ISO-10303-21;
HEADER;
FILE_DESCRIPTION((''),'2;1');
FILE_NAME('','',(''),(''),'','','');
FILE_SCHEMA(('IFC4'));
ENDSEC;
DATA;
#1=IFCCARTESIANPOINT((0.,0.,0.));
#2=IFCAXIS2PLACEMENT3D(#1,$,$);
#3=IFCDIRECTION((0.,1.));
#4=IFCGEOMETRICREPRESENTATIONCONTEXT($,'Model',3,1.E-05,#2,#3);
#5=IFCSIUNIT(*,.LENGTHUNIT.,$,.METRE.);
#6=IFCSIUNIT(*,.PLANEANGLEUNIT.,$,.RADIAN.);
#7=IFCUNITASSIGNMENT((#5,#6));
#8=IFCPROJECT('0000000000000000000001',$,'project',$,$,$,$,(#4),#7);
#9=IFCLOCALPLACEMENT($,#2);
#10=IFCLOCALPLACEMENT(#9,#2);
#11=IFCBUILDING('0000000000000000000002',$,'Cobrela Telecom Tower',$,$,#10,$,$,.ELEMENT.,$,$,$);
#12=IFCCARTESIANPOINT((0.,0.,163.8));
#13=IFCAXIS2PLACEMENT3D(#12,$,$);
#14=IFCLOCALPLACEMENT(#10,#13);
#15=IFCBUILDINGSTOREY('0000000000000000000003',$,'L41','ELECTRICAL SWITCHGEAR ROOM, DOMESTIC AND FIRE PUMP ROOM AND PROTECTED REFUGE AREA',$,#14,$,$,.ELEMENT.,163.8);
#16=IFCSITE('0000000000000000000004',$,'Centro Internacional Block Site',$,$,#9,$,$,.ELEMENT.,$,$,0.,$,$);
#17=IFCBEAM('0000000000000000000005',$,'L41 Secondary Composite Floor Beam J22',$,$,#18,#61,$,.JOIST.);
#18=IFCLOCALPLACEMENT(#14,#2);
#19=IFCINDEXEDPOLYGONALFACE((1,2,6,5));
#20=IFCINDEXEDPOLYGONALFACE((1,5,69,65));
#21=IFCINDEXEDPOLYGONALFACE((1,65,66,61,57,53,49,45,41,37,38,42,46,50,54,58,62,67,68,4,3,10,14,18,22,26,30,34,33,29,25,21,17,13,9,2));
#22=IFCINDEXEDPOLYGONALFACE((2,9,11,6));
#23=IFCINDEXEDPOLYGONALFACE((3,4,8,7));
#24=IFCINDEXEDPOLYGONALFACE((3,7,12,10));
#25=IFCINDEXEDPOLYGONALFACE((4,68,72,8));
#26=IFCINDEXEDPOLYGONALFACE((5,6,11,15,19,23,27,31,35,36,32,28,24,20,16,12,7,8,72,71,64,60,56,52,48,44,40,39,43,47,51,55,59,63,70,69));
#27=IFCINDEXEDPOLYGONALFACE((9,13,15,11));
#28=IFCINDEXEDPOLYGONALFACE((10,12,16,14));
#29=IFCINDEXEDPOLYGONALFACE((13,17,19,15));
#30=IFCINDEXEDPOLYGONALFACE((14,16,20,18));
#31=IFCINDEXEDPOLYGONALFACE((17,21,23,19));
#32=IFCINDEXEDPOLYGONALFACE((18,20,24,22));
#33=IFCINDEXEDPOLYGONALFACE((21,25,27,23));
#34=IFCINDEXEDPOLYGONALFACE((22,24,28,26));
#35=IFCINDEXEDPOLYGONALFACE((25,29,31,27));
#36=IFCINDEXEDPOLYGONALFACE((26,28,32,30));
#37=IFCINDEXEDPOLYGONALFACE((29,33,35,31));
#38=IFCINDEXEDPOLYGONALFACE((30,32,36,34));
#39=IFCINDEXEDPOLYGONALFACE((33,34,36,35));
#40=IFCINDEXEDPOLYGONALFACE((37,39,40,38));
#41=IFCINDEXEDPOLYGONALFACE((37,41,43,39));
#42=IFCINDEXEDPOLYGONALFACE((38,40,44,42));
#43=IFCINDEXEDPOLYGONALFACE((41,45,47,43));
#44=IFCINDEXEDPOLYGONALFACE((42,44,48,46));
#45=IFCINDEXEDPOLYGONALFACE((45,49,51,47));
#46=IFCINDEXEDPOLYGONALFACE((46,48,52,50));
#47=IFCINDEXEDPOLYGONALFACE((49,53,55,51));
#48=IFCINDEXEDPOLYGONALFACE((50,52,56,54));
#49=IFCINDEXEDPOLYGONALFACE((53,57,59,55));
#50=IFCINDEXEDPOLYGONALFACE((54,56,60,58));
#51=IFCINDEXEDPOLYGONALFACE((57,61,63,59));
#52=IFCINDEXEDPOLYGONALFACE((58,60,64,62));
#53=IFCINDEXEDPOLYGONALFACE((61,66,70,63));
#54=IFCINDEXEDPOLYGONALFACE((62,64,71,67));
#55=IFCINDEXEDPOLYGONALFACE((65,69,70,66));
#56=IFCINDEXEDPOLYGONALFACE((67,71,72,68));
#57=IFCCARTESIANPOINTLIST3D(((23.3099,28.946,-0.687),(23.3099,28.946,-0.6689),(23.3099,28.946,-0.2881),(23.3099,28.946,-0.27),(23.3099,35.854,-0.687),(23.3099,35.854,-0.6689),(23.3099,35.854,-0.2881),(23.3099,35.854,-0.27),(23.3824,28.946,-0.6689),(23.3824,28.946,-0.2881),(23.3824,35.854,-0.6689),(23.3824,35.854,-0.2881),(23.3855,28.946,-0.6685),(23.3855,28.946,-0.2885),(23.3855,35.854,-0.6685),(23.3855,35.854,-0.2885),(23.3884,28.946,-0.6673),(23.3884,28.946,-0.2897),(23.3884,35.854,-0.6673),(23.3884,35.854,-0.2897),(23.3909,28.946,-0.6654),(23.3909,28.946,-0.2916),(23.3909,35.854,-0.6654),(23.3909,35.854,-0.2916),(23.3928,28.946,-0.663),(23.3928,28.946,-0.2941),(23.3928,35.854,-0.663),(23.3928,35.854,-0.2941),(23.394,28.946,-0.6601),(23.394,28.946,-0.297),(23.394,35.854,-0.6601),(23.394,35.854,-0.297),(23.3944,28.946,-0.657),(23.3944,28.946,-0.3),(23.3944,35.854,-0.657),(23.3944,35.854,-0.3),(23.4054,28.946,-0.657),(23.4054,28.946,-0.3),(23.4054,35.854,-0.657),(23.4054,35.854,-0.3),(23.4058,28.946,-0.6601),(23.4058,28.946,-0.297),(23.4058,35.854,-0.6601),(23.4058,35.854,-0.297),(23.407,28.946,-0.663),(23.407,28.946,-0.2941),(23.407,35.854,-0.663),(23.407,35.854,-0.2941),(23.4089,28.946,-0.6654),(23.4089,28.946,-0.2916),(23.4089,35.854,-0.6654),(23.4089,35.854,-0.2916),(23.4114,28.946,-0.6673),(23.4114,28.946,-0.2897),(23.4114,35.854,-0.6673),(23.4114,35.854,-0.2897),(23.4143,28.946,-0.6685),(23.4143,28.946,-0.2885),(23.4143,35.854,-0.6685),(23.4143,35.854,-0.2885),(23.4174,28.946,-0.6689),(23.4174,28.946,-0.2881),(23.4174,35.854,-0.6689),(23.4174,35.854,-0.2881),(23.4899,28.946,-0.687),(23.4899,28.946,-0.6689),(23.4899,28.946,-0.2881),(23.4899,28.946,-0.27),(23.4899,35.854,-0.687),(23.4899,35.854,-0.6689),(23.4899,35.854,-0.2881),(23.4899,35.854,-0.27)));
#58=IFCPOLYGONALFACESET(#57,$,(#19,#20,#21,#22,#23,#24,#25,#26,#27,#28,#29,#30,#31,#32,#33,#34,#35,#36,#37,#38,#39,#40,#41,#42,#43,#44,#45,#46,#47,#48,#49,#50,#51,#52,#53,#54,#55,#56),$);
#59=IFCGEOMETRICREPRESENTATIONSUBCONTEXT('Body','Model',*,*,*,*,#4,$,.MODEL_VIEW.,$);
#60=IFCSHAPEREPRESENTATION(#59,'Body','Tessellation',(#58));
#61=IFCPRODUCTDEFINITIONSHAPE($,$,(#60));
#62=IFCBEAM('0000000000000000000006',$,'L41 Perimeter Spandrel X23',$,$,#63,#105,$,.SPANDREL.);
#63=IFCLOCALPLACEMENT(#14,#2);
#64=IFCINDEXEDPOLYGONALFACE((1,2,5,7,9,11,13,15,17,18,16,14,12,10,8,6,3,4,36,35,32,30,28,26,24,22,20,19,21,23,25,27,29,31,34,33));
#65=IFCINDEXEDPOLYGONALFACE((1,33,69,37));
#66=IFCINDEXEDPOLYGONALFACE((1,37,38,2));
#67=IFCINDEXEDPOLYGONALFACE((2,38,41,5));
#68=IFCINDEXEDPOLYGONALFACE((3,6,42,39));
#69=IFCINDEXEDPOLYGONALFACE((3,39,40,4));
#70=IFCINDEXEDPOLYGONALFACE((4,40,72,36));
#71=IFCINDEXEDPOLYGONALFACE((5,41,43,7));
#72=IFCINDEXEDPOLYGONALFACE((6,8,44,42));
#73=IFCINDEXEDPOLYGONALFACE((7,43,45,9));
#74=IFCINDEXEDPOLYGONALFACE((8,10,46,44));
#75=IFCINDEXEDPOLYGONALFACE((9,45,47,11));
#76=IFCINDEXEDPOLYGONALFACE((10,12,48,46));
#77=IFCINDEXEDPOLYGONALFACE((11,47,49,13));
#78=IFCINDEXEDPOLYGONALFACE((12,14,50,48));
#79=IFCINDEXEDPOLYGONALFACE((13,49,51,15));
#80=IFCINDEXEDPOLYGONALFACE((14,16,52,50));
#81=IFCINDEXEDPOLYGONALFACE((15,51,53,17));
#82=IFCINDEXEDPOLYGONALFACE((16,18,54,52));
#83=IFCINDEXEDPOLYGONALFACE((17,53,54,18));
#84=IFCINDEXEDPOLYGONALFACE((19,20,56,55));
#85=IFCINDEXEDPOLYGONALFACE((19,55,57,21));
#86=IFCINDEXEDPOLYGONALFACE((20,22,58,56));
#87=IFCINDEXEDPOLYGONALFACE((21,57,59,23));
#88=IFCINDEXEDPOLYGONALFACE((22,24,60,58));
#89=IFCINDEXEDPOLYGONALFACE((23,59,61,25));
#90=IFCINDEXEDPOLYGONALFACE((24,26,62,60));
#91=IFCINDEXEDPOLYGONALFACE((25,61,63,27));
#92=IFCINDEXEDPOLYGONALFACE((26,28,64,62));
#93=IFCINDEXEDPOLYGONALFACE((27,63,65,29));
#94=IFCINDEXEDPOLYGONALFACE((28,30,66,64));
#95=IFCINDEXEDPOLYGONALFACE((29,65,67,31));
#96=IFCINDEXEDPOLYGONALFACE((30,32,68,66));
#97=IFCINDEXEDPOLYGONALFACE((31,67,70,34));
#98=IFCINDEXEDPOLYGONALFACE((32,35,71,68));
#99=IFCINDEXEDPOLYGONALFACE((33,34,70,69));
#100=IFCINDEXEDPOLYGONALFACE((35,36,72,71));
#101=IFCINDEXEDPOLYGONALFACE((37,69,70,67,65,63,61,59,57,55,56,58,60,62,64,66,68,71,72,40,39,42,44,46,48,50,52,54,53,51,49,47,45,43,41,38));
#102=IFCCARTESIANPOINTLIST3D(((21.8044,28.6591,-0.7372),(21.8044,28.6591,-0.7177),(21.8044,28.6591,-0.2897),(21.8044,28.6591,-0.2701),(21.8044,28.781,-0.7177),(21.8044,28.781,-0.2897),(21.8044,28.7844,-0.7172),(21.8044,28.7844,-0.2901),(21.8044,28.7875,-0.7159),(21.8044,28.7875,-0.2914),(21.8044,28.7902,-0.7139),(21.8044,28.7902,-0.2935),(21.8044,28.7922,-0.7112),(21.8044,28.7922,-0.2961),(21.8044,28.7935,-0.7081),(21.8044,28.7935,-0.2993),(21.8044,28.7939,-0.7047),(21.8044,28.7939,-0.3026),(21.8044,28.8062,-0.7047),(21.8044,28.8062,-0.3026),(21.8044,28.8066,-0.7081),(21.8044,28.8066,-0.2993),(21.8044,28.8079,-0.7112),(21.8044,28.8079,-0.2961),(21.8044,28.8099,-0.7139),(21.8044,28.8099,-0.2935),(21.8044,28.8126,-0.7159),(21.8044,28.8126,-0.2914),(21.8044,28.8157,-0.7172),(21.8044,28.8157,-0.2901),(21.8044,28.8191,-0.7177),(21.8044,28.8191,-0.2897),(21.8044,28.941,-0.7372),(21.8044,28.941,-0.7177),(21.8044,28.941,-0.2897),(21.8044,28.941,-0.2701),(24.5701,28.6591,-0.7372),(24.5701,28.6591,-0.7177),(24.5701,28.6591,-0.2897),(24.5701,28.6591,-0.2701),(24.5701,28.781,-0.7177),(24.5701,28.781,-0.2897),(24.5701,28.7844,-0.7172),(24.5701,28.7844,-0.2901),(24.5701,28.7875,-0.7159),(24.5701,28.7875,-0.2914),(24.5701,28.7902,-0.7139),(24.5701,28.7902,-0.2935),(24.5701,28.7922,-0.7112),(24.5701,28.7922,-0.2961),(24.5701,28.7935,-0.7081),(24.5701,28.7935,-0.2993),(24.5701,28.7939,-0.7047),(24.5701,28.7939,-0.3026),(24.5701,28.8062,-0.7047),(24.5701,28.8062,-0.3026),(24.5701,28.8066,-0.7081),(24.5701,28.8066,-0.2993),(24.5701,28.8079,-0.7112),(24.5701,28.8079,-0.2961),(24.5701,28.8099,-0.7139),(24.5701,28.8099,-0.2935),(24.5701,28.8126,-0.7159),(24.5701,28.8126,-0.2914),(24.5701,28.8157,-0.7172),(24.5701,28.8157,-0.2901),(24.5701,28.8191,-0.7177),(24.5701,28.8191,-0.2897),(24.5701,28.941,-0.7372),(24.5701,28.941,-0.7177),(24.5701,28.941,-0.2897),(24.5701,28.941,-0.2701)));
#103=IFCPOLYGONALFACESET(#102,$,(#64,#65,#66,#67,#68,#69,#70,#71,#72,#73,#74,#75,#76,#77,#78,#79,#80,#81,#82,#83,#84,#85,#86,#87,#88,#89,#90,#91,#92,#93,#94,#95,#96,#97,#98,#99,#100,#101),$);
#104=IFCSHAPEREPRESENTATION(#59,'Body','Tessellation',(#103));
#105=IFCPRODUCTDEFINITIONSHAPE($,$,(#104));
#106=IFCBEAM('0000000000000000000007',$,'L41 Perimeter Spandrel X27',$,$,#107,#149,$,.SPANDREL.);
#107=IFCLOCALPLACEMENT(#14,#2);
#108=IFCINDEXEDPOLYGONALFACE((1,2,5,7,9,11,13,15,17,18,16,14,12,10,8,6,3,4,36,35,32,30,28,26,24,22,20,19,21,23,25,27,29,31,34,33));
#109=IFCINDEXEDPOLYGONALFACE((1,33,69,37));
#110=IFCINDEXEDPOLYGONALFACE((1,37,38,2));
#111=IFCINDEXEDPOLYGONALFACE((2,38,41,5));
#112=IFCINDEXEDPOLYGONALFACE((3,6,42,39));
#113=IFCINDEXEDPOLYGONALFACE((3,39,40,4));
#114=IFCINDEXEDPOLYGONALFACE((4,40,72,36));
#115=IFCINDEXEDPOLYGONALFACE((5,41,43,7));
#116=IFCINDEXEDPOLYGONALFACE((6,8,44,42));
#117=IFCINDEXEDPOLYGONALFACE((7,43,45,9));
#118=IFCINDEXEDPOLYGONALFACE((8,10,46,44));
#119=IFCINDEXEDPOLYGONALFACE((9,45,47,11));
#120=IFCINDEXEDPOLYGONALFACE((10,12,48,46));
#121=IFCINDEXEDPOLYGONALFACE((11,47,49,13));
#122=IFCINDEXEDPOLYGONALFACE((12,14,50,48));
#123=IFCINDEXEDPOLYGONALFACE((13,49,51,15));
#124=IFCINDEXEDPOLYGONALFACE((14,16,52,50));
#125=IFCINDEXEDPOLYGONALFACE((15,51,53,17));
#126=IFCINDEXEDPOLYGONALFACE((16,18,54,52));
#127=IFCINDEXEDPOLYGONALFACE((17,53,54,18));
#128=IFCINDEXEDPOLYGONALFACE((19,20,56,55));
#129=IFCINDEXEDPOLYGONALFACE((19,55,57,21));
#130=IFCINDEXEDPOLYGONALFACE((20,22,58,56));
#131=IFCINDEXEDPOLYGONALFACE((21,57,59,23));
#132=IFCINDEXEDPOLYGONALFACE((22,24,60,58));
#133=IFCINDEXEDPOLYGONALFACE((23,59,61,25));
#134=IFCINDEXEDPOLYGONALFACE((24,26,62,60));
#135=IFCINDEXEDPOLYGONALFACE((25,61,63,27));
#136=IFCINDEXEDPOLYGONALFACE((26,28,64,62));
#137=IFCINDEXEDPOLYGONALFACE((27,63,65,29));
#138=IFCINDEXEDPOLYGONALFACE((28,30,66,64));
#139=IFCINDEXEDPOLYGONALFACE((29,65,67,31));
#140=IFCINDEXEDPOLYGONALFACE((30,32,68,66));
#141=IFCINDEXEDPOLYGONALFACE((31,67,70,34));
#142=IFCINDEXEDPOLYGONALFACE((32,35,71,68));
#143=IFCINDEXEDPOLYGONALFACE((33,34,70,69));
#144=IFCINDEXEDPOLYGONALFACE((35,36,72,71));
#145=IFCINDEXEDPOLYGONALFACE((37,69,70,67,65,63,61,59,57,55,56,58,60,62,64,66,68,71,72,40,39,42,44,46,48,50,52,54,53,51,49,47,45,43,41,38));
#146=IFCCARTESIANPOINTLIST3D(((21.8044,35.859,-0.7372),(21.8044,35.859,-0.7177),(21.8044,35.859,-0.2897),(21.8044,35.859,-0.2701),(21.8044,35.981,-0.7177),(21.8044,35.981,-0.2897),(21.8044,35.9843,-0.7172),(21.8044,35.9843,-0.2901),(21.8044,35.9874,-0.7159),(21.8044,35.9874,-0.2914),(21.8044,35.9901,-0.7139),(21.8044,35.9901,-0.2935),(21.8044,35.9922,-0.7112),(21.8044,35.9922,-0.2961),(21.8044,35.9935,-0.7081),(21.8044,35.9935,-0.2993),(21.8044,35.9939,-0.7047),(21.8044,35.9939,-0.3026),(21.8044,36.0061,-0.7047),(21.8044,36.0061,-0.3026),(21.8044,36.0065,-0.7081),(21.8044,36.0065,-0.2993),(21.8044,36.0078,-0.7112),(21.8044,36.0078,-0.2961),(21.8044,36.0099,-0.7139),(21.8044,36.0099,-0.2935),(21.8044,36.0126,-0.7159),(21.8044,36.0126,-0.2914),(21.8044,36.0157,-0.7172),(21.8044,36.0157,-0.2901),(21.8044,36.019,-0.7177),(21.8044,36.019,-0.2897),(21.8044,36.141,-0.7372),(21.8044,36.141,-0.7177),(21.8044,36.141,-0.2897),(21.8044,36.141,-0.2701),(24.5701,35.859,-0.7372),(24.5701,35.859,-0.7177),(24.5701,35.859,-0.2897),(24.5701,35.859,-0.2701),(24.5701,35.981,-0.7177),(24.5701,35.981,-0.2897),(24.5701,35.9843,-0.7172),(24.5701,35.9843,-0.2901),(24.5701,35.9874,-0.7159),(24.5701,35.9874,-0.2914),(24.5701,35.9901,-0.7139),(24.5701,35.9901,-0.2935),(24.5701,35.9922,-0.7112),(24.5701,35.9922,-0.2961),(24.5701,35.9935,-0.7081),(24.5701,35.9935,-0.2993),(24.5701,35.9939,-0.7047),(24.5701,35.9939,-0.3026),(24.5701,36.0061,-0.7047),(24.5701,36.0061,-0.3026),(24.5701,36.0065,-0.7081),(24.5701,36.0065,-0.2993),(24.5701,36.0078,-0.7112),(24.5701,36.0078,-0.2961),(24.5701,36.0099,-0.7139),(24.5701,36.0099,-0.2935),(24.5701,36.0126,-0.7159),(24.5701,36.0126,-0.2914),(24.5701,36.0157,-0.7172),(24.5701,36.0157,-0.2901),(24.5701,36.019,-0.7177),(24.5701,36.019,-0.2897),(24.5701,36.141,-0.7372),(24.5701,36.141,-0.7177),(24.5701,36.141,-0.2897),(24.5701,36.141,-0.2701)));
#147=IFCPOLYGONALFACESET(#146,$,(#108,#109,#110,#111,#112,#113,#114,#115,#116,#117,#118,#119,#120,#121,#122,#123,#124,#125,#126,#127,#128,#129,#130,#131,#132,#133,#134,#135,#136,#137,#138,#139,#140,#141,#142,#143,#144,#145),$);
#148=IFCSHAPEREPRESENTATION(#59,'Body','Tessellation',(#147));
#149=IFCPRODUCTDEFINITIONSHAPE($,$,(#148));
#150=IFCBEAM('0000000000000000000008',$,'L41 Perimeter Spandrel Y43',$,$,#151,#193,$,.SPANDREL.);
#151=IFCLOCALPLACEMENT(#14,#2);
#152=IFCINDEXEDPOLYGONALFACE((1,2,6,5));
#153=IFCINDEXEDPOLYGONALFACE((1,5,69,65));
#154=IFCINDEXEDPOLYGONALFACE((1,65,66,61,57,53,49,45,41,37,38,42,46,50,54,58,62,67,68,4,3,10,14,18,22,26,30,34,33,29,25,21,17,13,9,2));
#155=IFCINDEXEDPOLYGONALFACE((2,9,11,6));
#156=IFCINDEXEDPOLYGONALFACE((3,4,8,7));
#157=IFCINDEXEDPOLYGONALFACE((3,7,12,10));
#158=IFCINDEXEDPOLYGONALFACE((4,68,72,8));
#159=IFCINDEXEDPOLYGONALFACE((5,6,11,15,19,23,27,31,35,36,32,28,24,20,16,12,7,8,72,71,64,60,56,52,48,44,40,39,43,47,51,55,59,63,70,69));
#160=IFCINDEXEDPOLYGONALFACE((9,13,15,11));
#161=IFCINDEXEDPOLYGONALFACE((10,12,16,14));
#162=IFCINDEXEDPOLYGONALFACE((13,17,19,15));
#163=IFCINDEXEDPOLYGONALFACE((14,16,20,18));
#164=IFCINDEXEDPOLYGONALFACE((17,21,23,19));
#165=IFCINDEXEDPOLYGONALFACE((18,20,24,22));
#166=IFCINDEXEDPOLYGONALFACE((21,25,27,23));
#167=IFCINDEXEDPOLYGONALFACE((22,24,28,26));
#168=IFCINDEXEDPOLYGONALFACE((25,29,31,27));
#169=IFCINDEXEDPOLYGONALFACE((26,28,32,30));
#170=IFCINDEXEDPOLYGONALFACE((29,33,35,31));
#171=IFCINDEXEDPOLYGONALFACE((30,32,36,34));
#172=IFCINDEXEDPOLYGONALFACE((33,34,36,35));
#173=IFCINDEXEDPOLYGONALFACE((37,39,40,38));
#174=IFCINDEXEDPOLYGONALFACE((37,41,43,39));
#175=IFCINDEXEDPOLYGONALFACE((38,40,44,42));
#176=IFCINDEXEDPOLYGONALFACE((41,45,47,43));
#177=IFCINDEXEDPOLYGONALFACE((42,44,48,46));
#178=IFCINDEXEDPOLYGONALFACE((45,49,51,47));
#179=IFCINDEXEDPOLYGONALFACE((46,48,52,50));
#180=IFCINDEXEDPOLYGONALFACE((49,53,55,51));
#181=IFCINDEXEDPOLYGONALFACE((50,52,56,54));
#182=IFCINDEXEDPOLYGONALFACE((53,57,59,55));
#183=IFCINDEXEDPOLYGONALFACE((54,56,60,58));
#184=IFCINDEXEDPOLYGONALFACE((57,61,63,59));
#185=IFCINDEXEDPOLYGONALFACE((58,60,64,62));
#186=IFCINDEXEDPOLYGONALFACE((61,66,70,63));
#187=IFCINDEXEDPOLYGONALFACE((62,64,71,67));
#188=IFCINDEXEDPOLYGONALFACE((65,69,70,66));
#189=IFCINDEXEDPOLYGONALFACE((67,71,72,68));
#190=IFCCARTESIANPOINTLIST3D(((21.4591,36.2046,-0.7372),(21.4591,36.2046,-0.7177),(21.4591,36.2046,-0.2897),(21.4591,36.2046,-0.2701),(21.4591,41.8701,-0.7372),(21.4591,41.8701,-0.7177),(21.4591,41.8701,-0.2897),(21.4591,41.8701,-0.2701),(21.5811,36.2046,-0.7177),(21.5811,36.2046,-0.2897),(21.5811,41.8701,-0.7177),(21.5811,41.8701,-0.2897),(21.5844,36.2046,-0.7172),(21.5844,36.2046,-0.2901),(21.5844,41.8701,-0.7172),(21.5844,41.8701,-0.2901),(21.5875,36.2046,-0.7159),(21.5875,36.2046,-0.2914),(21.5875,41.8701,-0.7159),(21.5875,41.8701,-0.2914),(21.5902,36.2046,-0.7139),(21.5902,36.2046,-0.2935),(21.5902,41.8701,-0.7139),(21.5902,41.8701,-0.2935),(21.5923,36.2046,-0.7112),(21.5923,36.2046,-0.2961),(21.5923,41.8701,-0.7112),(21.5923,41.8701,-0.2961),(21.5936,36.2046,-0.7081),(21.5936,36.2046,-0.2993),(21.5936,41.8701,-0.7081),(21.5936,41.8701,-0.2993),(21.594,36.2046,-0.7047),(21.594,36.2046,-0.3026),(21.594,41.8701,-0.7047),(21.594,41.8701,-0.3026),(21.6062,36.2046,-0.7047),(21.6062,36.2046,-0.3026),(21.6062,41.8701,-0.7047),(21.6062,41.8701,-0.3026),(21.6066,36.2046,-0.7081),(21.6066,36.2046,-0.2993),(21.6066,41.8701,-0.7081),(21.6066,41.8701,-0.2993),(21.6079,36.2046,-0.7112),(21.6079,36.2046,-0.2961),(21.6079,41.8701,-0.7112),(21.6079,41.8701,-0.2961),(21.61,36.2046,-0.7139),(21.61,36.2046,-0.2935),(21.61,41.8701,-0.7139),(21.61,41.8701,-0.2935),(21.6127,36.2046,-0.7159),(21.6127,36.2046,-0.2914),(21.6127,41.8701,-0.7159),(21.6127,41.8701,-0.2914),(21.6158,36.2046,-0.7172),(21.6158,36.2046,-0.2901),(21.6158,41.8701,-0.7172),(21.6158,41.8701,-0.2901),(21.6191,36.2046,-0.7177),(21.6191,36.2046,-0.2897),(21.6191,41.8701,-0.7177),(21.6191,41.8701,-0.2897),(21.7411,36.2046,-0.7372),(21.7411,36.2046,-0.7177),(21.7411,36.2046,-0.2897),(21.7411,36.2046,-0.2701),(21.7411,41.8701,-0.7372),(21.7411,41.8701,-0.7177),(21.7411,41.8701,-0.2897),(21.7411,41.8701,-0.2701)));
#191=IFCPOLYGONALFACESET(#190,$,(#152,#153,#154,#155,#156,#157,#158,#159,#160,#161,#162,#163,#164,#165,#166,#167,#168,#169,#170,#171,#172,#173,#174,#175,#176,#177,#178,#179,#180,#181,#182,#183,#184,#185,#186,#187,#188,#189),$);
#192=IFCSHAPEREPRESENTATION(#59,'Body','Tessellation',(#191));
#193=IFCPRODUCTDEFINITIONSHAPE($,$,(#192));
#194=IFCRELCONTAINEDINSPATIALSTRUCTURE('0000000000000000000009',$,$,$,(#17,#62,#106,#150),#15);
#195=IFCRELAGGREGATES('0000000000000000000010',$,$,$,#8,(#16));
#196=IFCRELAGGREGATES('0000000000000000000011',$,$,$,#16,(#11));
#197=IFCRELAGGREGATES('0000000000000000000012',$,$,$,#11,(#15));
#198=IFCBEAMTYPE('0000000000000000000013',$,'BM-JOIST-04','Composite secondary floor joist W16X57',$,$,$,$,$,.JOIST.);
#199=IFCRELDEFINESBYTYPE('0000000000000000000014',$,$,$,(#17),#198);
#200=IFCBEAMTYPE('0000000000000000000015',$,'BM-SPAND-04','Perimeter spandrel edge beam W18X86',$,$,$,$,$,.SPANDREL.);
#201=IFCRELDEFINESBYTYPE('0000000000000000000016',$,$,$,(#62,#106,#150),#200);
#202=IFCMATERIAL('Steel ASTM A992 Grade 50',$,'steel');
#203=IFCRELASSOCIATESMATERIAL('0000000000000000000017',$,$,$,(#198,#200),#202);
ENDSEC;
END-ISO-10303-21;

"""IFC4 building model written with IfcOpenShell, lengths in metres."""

from ifc_helpers import new_model, si_unit, direction, frame, origin, origin_2d, place, context, subcontext, project, spatial, i_section, extrude, material, material_profile, profile_set, type_object, element, save


model = new_model("IFC4")

# Units and contexts
model_context = context("Model", 3, precision=1e-05, world=origin(), true_north=direction((0.0, 1.0)))
body_context = subcontext(model_context, "Body", "Model", "MODEL_VIEW")
ifc_project = project(units=[si_unit("LENGTHUNIT", "METRE"), si_unit("PLANEANGLEUNIT", "RADIAN")], contexts=[model_context])

# Site, building, storey
site_placement = place(None, origin())
site = spatial("IfcSite", under=ifc_project, at=site_placement, Name="Centro Internacional Block Site", CompositionType="ELEMENT", RefElevation=0.0)
building_placement = place(site_placement, origin())
building = spatial("IfcBuilding", under=site, at=building_placement, Name="Cobrela Telecom Tower", CompositionType="ELEMENT")
storey_placement = place(building_placement, frame((0.0, 0.0, 163.8)))
storey = spatial("IfcBuildingStorey", under=building, at=storey_placement, Name="L41", Description="ELECTRICAL SWITCHGEAR ROOM, DOMESTIC AND FIRE PUMP ROOM AND PROTECTED REFUGE AREA", CompositionType="ELEMENT", Elevation=163.8)

# Shared definitions
ifc_material_1 = material(Name="Steel ASTM A992 Grade 50", Category="steel")

# Beams
ifc_material_profile_1 = material_profile(ifc_material_1, i_section(OverallWidth=0.1799, OverallDepth=0.417, WebThickness=0.011, FlangeThickness=0.0181, FilletRadius=0.012, at=origin_2d()), Name="W16X57")
ifc_profile_set_1 = profile_set([ifc_material_profile_1], Name="Steel ASTM A992 Grade 50")
beam_type_1 = type_object("IfcBeamType", Name="BM-JOIST-04", Description="Composite secondary floor joist W16X57", PredefinedType="JOIST", material=ifc_profile_set_1)
beam_1_placement = place(storey_placement, frame((23.3999, 28.946, -0.4785), z_axis=(0.0, 1.0, 0.0), x_axis=(-1.0, 0.0, 0.0)))
element("IfcBeam", 1, at=beam_1_placement, inside=storey, type_object=beam_type_1, Name="L41 Secondary Composite Floor Beam J22", PredefinedType="JOIST", context=body_context, shape_type="SweptSolid", body=[
    extrude(i_section(OverallWidth=0.1799, OverallDepth=0.417, WebThickness=0.011, FlangeThickness=0.0181, FilletRadius=0.012, at=origin_2d()), origin(), (0.0, 0.0, 1.0), 6.908),
])
ifc_material_profile_2 = material_profile(ifc_material_1, i_section(OverallWidth=0.282, OverallDepth=0.467, WebThickness=0.0122, FlangeThickness=0.0195, FilletRadius=0.0129, at=origin_2d()), Name="W18X86")
ifc_profile_set_2 = profile_set([ifc_material_profile_2], Name="Steel ASTM A992 Grade 50")
beam_type_2 = type_object("IfcBeamType", Name="BM-SPAND-04", Description="Perimeter spandrel edge beam W18X86", PredefinedType="SPANDREL", material=ifc_profile_set_2)
for number, where, z_axis, x_axis, name in (
    (2, (21.8044, 28.8, -0.5037), (1.0, 0.0, 0.0), (0.0, 1.0, 0.0), "L41 Perimeter Spandrel X23"),
    (3, (21.8044, 36.0, -0.5037), (1.0, 0.0, 0.0), (0.0, 1.0, 0.0), "L41 Perimeter Spandrel X27"),
):
    element("IfcBeam", number, at=place(storey_placement, frame(where, z_axis=z_axis, x_axis=x_axis)), inside=storey, type_object=beam_type_2, Name=name, PredefinedType="SPANDREL", context=body_context, shape_type="SweptSolid", body=[
        extrude(i_section(OverallWidth=0.282, OverallDepth=0.467, WebThickness=0.0122, FlangeThickness=0.0195, FilletRadius=0.0129, at=origin_2d()), origin(), (0.0, 0.0, 1.0), 2.7656),
    ])
beam_2_placement = place(storey_placement, frame((21.6001, 36.2046, -0.5037), z_axis=(0.0, 1.0, 0.0), x_axis=(-1.0, 0.0, 0.0)))
element("IfcBeam", 4, at=beam_2_placement, inside=storey, type_object=beam_type_2, Name="L41 Perimeter Spandrel Y43", PredefinedType="SPANDREL", context=body_context, shape_type="SweptSolid", body=[
    extrude(i_section(OverallWidth=0.282, OverallDepth=0.467, WebThickness=0.0122, FlangeThickness=0.0195, FilletRadius=0.0129, at=origin_2d()), origin(), (0.0, 0.0, 1.0), 5.6655),
])

save(model, "model.ifc")
